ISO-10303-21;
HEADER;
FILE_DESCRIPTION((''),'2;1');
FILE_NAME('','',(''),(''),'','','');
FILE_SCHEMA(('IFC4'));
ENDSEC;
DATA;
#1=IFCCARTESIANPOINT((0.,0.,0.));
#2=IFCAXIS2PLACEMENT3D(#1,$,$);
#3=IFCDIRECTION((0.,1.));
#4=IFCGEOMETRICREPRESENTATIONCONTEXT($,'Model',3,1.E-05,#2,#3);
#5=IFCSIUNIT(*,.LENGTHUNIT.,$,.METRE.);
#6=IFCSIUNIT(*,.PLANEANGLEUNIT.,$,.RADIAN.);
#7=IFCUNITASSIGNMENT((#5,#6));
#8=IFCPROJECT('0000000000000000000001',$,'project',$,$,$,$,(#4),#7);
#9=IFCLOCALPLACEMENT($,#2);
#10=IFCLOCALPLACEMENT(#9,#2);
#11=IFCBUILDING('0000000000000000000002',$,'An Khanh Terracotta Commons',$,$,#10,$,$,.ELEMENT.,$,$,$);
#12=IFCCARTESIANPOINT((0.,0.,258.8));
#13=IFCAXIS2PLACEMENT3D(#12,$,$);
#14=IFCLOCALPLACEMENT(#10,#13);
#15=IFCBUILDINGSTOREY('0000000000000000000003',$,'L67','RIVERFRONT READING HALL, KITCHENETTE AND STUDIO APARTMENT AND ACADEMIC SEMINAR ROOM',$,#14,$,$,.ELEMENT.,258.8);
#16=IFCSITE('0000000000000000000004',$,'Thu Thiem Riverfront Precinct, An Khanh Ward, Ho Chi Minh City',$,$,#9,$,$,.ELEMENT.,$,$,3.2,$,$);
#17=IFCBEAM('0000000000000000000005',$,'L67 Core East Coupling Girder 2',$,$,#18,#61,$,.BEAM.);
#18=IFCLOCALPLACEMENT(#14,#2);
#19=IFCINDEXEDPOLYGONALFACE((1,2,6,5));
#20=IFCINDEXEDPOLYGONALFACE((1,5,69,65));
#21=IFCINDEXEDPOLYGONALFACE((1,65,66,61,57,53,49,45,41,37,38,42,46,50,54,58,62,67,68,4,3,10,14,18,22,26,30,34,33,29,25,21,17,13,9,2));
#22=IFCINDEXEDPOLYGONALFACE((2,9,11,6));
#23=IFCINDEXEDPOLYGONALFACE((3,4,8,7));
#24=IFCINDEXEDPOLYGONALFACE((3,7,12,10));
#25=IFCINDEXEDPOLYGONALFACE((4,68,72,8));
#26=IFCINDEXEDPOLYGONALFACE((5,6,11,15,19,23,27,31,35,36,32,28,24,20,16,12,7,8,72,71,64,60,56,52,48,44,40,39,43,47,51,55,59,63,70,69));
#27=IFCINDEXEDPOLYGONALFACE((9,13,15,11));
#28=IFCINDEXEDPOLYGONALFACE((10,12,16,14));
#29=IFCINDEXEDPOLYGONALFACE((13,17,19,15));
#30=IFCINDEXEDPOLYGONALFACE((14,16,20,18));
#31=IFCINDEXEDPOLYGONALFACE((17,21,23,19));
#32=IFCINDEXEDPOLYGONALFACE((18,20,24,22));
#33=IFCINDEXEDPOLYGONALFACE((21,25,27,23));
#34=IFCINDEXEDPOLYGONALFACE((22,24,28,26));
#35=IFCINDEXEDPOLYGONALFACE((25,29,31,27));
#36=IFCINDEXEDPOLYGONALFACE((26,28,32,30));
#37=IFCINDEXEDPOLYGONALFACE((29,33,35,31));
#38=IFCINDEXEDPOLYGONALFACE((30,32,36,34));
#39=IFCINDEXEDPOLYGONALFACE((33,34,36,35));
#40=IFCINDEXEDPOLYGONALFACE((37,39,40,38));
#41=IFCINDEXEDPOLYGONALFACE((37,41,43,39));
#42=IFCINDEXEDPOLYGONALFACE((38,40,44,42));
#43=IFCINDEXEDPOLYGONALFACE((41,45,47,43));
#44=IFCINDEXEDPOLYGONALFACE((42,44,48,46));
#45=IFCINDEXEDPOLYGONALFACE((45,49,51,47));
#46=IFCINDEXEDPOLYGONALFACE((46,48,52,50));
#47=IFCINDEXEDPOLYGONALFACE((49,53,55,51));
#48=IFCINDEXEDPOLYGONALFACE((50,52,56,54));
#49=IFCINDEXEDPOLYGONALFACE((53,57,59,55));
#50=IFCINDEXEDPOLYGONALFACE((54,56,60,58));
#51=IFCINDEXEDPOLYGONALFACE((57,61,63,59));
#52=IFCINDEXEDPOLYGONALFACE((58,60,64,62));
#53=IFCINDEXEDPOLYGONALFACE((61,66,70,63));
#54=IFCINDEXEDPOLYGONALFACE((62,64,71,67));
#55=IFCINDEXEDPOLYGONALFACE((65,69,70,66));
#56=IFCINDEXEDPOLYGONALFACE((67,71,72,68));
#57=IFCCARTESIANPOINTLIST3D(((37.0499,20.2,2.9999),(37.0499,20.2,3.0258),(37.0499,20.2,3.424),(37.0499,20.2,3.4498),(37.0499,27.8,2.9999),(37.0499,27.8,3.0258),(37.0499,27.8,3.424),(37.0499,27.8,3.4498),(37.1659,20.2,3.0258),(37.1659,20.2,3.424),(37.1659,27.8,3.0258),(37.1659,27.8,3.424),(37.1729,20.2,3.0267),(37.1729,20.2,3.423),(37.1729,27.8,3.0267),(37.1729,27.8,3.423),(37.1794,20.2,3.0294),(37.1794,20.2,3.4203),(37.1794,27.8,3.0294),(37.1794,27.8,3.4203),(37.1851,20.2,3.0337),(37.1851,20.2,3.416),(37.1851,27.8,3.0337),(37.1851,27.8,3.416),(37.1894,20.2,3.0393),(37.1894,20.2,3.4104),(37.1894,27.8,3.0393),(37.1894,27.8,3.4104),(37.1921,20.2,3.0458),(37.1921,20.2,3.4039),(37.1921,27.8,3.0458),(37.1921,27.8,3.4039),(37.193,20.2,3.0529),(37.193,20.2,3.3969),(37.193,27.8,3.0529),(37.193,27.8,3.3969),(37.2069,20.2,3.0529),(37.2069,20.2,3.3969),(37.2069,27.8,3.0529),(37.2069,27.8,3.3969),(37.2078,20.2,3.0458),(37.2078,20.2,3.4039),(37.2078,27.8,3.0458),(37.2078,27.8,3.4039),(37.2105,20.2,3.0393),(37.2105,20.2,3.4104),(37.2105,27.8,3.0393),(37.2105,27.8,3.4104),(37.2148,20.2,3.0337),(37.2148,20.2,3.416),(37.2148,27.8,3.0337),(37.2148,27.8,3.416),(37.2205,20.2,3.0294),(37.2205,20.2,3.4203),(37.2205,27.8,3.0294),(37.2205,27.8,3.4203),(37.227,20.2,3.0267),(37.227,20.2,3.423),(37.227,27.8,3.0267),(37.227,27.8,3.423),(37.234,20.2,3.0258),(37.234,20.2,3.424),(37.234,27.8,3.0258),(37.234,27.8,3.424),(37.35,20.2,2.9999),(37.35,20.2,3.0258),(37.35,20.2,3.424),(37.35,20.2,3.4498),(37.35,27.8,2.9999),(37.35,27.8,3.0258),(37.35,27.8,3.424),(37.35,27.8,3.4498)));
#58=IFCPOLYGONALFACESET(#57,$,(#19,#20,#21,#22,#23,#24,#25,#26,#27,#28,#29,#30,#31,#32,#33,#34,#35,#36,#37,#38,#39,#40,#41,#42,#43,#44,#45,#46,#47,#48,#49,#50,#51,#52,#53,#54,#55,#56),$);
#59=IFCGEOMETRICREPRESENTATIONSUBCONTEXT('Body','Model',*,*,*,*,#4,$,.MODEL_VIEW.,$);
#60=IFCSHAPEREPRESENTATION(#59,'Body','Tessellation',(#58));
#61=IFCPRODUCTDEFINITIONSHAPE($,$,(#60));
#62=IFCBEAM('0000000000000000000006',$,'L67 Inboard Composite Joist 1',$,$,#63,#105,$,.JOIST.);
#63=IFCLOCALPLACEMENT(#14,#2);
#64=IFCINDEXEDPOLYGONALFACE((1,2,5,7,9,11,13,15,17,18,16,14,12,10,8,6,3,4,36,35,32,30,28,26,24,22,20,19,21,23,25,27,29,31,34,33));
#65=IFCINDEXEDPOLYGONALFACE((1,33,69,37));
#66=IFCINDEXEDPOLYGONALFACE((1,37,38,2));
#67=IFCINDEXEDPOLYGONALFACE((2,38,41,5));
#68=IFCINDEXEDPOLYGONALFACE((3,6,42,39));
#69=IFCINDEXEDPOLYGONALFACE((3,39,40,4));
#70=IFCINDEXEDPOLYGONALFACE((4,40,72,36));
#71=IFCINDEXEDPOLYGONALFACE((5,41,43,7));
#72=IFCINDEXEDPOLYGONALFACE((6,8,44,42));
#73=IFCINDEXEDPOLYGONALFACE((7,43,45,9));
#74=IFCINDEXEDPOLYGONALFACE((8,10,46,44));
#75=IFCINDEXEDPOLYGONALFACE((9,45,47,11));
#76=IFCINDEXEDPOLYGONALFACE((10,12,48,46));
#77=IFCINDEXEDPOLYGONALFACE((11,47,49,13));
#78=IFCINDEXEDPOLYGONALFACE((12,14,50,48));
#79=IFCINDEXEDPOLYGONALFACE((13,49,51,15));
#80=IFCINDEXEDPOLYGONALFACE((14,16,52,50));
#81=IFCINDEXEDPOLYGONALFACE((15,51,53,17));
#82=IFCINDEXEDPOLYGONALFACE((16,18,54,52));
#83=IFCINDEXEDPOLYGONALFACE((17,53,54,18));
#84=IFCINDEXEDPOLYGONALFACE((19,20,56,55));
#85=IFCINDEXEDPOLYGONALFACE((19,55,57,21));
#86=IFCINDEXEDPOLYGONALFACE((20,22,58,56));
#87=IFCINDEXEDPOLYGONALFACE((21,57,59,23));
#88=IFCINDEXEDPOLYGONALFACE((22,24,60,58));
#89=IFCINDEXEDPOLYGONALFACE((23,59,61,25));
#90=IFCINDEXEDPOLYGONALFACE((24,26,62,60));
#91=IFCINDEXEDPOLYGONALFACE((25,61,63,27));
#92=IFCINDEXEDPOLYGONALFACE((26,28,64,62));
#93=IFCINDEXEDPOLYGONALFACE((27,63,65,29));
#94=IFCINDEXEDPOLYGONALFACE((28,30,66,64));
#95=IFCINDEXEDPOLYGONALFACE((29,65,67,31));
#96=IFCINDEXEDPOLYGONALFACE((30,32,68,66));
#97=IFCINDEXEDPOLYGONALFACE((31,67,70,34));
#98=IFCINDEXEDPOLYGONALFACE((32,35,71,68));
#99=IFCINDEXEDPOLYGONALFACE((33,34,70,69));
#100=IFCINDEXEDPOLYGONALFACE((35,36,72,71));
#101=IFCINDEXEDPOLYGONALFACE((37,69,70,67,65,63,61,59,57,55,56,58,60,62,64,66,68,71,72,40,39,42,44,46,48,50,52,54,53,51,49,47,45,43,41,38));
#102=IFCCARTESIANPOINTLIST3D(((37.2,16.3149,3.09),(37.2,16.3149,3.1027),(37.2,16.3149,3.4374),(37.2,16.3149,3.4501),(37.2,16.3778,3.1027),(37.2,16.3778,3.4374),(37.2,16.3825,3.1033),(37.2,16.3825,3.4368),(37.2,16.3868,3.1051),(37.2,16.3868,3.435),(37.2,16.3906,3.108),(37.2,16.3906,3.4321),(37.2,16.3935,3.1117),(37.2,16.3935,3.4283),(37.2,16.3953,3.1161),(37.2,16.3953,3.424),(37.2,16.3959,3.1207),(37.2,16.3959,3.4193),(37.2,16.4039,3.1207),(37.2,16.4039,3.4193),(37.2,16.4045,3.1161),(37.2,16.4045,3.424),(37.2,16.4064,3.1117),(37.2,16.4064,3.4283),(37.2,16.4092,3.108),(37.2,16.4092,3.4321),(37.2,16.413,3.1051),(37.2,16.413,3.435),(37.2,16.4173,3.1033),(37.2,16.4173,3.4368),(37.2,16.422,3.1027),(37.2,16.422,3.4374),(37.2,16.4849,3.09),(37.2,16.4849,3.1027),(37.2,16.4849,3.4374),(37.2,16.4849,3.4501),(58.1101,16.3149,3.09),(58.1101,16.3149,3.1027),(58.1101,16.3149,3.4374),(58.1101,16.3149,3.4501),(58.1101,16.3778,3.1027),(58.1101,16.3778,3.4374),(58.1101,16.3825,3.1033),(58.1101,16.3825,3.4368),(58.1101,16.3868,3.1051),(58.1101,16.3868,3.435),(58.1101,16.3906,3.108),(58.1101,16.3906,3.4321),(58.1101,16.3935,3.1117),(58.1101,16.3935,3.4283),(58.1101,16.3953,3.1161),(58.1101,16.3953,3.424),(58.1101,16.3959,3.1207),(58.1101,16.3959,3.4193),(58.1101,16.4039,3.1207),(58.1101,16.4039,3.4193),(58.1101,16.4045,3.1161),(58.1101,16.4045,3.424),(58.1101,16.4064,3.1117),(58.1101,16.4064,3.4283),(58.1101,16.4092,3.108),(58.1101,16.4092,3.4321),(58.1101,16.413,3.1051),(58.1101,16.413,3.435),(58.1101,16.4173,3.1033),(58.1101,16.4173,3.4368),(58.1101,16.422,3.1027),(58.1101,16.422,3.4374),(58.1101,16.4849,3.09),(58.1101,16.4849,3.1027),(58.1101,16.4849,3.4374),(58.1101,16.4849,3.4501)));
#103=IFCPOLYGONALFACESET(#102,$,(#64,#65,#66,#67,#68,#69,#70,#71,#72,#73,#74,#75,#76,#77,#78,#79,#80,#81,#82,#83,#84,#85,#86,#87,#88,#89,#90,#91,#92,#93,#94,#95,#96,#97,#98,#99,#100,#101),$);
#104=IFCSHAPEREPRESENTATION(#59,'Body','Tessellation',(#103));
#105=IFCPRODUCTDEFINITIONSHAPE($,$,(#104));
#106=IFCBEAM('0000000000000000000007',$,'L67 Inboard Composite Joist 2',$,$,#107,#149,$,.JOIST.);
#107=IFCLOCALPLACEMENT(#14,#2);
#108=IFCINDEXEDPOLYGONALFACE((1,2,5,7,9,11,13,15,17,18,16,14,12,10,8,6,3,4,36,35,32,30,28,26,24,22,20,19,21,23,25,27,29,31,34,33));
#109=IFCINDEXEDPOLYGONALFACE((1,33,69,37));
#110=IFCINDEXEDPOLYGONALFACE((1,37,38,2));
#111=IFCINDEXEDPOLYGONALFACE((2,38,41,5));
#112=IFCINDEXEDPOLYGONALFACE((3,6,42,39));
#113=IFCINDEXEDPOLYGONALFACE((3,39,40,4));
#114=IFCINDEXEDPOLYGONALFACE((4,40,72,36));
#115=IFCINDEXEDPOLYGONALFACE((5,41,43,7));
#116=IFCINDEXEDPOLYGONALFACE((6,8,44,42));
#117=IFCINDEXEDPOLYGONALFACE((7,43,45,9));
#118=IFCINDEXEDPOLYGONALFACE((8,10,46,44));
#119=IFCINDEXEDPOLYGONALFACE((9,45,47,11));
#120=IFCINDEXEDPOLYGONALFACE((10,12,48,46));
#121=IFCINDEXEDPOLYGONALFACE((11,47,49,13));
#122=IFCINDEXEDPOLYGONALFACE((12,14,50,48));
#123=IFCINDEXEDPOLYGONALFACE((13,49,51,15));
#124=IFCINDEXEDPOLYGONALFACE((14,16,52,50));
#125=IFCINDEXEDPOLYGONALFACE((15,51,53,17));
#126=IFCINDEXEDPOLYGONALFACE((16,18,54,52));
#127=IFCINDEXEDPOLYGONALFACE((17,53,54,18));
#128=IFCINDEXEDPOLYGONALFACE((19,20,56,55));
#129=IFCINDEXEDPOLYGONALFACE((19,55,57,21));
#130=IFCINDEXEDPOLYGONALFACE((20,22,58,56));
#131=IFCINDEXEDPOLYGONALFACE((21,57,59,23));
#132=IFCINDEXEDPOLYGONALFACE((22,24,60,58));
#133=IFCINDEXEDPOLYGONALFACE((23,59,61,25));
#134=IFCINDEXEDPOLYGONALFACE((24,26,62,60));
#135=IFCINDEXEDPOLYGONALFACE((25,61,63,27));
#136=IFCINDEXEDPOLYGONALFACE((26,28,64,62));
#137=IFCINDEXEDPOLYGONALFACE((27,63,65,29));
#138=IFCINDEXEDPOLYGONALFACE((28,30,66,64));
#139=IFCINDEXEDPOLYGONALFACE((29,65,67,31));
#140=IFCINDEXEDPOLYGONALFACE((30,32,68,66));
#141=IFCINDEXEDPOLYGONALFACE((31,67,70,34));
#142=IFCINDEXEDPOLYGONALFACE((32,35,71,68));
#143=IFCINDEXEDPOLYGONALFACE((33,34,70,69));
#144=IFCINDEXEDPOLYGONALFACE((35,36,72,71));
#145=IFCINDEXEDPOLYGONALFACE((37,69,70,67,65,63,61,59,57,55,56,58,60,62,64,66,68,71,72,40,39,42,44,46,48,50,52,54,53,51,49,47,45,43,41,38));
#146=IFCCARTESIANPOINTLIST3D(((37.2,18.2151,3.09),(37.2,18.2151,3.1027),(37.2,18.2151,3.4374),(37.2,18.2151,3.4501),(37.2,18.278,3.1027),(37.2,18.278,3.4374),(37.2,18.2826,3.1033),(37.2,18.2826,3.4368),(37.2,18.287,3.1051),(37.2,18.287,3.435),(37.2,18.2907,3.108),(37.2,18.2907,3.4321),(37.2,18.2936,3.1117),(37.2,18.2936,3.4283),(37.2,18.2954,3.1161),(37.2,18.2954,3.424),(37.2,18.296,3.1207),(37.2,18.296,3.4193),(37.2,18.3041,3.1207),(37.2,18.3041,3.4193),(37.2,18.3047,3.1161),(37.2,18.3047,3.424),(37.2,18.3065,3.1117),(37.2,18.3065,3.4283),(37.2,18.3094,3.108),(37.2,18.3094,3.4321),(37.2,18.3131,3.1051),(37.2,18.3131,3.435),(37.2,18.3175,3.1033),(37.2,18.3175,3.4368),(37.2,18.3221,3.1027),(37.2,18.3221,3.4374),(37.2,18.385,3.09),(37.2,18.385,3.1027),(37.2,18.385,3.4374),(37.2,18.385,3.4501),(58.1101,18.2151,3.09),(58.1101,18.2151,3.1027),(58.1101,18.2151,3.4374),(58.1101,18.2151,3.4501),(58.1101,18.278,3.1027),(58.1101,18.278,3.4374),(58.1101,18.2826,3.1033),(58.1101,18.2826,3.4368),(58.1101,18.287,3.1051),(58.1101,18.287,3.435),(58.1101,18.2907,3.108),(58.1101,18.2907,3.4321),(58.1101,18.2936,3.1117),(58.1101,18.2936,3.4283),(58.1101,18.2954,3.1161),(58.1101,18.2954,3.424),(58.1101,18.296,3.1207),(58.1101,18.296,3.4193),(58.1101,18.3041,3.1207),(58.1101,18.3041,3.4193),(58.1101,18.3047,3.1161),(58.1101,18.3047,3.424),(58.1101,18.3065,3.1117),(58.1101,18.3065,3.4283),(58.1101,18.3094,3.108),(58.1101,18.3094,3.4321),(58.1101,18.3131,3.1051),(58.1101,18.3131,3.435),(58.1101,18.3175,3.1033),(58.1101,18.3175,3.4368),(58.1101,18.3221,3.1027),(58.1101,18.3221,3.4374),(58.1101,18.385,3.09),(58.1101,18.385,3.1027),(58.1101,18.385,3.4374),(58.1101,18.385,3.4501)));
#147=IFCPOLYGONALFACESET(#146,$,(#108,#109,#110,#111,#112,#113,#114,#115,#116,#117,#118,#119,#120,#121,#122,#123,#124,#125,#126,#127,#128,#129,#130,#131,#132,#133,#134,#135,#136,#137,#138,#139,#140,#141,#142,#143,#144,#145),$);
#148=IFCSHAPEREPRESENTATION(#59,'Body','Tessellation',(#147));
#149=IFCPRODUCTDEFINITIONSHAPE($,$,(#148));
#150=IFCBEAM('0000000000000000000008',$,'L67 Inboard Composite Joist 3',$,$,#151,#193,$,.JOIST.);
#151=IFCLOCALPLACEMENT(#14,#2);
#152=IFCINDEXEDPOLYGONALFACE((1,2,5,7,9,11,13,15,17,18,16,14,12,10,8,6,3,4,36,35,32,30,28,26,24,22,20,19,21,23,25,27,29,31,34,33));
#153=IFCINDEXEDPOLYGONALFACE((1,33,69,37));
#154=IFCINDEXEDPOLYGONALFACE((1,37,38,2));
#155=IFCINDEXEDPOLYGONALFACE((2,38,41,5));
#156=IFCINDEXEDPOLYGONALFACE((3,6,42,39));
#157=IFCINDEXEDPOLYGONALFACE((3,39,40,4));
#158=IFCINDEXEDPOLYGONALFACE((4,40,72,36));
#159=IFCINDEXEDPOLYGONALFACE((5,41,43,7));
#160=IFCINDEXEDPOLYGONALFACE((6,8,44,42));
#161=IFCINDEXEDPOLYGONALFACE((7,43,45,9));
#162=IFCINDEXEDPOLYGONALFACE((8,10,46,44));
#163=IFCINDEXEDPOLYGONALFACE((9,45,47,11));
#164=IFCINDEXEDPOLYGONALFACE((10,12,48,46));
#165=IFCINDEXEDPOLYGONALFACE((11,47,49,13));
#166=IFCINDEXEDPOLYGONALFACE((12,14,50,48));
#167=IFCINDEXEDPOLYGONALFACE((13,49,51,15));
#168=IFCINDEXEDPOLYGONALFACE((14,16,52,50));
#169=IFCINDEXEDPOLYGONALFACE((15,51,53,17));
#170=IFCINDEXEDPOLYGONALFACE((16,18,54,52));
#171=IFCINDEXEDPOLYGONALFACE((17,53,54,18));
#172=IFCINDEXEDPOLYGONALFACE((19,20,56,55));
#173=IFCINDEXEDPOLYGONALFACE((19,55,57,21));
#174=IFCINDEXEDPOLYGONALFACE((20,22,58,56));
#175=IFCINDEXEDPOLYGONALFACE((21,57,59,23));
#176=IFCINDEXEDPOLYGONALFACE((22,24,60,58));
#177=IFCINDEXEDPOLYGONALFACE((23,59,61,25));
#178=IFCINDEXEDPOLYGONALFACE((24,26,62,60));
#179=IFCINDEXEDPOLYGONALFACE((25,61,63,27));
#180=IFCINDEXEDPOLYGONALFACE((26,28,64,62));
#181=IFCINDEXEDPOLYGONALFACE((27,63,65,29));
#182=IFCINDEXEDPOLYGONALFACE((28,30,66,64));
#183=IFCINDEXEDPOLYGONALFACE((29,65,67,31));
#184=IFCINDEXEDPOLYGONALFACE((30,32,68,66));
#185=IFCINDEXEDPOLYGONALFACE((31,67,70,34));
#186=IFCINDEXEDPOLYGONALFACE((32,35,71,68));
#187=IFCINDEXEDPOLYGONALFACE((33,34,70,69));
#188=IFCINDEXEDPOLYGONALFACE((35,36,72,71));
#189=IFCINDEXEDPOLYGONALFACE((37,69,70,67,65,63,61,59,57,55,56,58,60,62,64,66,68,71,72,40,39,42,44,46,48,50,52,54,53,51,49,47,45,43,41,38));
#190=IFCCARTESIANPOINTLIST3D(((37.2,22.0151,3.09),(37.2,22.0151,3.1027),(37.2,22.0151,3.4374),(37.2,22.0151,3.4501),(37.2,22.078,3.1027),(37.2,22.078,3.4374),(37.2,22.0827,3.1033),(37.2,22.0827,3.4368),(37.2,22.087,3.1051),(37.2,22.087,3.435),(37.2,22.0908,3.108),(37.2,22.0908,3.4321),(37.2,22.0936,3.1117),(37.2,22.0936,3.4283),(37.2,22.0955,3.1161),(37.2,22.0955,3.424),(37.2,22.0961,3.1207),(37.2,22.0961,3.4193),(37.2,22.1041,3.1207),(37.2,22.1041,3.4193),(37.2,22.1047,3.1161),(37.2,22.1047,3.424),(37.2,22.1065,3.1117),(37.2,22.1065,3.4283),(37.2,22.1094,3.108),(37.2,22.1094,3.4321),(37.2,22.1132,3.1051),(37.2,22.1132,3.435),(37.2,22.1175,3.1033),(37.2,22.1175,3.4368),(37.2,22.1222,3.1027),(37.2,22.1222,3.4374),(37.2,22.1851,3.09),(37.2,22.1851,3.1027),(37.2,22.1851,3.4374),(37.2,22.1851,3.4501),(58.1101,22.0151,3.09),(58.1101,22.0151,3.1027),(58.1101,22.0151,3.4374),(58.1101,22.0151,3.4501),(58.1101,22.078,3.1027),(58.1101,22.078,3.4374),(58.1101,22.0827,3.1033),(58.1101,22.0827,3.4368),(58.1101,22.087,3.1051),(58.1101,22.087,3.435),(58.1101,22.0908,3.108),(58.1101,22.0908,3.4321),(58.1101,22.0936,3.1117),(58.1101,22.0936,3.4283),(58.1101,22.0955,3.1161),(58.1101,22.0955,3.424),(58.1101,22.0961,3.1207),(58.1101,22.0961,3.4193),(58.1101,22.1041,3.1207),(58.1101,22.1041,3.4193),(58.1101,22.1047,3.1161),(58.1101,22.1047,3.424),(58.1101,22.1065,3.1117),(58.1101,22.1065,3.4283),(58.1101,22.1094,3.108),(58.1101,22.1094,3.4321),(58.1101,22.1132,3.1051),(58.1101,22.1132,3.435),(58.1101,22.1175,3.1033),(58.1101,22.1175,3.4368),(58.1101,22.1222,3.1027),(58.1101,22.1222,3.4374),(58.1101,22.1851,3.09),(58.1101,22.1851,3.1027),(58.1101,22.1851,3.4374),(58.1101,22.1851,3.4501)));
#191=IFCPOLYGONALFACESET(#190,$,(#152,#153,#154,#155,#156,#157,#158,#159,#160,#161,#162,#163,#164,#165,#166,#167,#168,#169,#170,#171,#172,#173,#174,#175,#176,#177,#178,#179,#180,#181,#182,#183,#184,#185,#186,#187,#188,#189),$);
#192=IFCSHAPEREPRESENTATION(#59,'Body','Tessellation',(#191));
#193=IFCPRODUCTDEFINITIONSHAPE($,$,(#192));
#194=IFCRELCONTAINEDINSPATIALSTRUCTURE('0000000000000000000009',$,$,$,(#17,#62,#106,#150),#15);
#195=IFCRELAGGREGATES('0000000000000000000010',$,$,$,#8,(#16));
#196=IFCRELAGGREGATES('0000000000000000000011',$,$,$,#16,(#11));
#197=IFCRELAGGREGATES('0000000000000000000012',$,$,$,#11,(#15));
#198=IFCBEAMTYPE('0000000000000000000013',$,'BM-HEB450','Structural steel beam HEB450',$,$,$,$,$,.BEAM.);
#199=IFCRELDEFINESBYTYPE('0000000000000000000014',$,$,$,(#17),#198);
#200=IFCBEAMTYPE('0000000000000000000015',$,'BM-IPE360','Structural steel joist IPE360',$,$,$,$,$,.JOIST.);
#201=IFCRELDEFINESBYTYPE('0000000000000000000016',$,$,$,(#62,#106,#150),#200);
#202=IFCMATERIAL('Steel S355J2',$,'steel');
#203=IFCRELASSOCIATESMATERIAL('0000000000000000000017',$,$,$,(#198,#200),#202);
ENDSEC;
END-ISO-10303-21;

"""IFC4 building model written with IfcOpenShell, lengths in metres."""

from ifc_helpers import new_model, si_unit, direction, frame, origin, origin_2d, place, context, subcontext, project, spatial, i_section, extrude, material, material_profile, profile_set, type_object, element, save


model = new_model("IFC4")

# Units and contexts
model_context = context("Model", 3, precision=1e-05, world=origin(), true_north=direction((0.0, 1.0)))
body_context = subcontext(model_context, "Body", "Model", "MODEL_VIEW")
ifc_project = project(units=[si_unit("LENGTHUNIT", "METRE"), si_unit("PLANEANGLEUNIT", "RADIAN")], contexts=[model_context])

# Site, building, storey
site_placement = place(None, origin())
site = spatial("IfcSite", under=ifc_project, at=site_placement, Name="Thu Thiem Riverfront Precinct, An Khanh Ward, Ho Chi Minh City", CompositionType="ELEMENT", RefElevation=3.2)
building_placement = place(site_placement, origin())
building = spatial("IfcBuilding", under=site, at=building_placement, Name="An Khanh Terracotta Commons", CompositionType="ELEMENT")
storey_placement = place(building_placement, frame((0.0, 0.0, 258.8)))
storey = spatial("IfcBuildingStorey", under=building, at=storey_placement, Name="L67", Description="RIVERFRONT READING HALL, KITCHENETTE AND STUDIO APARTMENT AND ACADEMIC SEMINAR ROOM", CompositionType="ELEMENT", Elevation=258.8)

# Beams
ifc_material_1 = material(Name="Steel S355J2", Category="steel")
ifc_material_profile_1 = material_profile(ifc_material_1, i_section(OverallWidth=0.3, OverallDepth=0.45, WebThickness=0.0139, FlangeThickness=0.0259, FilletRadius=0.0271, at=origin_2d()), Name="HEB450")
ifc_profile_set_1 = profile_set([ifc_material_profile_1], Name="Steel S355J2")
beam_type_1 = type_object("IfcBeamType", Name="BM-HEB450", Description="Structural steel beam HEB450", PredefinedType="BEAM", material=ifc_profile_set_1)
beam_1_placement = place(storey_placement, frame((37.2, 20.2, 3.2249), z_axis=(0.0, 1.0, 0.0), x_axis=(-1.0, 0.0, 0.0)))
element("IfcBeam", 1, at=beam_1_placement, inside=storey, type_object=beam_type_1, Name="L67 Core East Coupling Girder 2", PredefinedType="BEAM", context=body_context, shape_type="SweptSolid", body=[
    extrude(i_section(OverallWidth=0.3, OverallDepth=0.45, WebThickness=0.0139, FlangeThickness=0.0259, FilletRadius=0.0271, at=origin_2d()), origin(), (0.0, 0.0, 1.0), 7.6001),
])
ifc_material_profile_2 = material_profile(ifc_material_1, i_section(OverallWidth=0.1699, OverallDepth=0.3601, WebThickness=0.0081, FlangeThickness=0.0127, FilletRadius=0.0181, at=origin_2d()), Name="IPE360")
ifc_profile_set_2 = profile_set([ifc_material_profile_2], Name="Steel S355J2")
beam_type_2 = type_object("IfcBeamType", Name="BM-IPE360", Description="Structural steel joist IPE360", PredefinedType="JOIST", material=ifc_profile_set_2)
for number, where, z_axis, x_axis, name in (
    (2, (37.2, 16.3999, 3.27), (1.0, 0.0, 0.0), (0.0, 1.0, 0.0), "L67 Inboard Composite Joist 1"),
    (3, (37.2, 18.3, 3.27), (1.0, 0.0, 0.0), (0.0, 1.0, 0.0), "L67 Inboard Composite Joist 2"),
    (4, (37.2, 22.1001, 3.27), (1.0, 0.0, 0.0), (0.0, 1.0, 0.0), "L67 Inboard Composite Joist 3"),
):
    element("IfcBeam", number, at=place(storey_placement, frame(where, z_axis=z_axis, x_axis=x_axis)), inside=storey, type_object=beam_type_2, Name=name, PredefinedType="JOIST", context=body_context, shape_type="SweptSolid", body=[
        extrude(i_section(OverallWidth=0.1699, OverallDepth=0.3601, WebThickness=0.0081, FlangeThickness=0.0127, FilletRadius=0.0181, at=origin_2d()), origin(), (0.0, 0.0, 1.0), 20.9102),
    ])

save(model, "model.ifc")
